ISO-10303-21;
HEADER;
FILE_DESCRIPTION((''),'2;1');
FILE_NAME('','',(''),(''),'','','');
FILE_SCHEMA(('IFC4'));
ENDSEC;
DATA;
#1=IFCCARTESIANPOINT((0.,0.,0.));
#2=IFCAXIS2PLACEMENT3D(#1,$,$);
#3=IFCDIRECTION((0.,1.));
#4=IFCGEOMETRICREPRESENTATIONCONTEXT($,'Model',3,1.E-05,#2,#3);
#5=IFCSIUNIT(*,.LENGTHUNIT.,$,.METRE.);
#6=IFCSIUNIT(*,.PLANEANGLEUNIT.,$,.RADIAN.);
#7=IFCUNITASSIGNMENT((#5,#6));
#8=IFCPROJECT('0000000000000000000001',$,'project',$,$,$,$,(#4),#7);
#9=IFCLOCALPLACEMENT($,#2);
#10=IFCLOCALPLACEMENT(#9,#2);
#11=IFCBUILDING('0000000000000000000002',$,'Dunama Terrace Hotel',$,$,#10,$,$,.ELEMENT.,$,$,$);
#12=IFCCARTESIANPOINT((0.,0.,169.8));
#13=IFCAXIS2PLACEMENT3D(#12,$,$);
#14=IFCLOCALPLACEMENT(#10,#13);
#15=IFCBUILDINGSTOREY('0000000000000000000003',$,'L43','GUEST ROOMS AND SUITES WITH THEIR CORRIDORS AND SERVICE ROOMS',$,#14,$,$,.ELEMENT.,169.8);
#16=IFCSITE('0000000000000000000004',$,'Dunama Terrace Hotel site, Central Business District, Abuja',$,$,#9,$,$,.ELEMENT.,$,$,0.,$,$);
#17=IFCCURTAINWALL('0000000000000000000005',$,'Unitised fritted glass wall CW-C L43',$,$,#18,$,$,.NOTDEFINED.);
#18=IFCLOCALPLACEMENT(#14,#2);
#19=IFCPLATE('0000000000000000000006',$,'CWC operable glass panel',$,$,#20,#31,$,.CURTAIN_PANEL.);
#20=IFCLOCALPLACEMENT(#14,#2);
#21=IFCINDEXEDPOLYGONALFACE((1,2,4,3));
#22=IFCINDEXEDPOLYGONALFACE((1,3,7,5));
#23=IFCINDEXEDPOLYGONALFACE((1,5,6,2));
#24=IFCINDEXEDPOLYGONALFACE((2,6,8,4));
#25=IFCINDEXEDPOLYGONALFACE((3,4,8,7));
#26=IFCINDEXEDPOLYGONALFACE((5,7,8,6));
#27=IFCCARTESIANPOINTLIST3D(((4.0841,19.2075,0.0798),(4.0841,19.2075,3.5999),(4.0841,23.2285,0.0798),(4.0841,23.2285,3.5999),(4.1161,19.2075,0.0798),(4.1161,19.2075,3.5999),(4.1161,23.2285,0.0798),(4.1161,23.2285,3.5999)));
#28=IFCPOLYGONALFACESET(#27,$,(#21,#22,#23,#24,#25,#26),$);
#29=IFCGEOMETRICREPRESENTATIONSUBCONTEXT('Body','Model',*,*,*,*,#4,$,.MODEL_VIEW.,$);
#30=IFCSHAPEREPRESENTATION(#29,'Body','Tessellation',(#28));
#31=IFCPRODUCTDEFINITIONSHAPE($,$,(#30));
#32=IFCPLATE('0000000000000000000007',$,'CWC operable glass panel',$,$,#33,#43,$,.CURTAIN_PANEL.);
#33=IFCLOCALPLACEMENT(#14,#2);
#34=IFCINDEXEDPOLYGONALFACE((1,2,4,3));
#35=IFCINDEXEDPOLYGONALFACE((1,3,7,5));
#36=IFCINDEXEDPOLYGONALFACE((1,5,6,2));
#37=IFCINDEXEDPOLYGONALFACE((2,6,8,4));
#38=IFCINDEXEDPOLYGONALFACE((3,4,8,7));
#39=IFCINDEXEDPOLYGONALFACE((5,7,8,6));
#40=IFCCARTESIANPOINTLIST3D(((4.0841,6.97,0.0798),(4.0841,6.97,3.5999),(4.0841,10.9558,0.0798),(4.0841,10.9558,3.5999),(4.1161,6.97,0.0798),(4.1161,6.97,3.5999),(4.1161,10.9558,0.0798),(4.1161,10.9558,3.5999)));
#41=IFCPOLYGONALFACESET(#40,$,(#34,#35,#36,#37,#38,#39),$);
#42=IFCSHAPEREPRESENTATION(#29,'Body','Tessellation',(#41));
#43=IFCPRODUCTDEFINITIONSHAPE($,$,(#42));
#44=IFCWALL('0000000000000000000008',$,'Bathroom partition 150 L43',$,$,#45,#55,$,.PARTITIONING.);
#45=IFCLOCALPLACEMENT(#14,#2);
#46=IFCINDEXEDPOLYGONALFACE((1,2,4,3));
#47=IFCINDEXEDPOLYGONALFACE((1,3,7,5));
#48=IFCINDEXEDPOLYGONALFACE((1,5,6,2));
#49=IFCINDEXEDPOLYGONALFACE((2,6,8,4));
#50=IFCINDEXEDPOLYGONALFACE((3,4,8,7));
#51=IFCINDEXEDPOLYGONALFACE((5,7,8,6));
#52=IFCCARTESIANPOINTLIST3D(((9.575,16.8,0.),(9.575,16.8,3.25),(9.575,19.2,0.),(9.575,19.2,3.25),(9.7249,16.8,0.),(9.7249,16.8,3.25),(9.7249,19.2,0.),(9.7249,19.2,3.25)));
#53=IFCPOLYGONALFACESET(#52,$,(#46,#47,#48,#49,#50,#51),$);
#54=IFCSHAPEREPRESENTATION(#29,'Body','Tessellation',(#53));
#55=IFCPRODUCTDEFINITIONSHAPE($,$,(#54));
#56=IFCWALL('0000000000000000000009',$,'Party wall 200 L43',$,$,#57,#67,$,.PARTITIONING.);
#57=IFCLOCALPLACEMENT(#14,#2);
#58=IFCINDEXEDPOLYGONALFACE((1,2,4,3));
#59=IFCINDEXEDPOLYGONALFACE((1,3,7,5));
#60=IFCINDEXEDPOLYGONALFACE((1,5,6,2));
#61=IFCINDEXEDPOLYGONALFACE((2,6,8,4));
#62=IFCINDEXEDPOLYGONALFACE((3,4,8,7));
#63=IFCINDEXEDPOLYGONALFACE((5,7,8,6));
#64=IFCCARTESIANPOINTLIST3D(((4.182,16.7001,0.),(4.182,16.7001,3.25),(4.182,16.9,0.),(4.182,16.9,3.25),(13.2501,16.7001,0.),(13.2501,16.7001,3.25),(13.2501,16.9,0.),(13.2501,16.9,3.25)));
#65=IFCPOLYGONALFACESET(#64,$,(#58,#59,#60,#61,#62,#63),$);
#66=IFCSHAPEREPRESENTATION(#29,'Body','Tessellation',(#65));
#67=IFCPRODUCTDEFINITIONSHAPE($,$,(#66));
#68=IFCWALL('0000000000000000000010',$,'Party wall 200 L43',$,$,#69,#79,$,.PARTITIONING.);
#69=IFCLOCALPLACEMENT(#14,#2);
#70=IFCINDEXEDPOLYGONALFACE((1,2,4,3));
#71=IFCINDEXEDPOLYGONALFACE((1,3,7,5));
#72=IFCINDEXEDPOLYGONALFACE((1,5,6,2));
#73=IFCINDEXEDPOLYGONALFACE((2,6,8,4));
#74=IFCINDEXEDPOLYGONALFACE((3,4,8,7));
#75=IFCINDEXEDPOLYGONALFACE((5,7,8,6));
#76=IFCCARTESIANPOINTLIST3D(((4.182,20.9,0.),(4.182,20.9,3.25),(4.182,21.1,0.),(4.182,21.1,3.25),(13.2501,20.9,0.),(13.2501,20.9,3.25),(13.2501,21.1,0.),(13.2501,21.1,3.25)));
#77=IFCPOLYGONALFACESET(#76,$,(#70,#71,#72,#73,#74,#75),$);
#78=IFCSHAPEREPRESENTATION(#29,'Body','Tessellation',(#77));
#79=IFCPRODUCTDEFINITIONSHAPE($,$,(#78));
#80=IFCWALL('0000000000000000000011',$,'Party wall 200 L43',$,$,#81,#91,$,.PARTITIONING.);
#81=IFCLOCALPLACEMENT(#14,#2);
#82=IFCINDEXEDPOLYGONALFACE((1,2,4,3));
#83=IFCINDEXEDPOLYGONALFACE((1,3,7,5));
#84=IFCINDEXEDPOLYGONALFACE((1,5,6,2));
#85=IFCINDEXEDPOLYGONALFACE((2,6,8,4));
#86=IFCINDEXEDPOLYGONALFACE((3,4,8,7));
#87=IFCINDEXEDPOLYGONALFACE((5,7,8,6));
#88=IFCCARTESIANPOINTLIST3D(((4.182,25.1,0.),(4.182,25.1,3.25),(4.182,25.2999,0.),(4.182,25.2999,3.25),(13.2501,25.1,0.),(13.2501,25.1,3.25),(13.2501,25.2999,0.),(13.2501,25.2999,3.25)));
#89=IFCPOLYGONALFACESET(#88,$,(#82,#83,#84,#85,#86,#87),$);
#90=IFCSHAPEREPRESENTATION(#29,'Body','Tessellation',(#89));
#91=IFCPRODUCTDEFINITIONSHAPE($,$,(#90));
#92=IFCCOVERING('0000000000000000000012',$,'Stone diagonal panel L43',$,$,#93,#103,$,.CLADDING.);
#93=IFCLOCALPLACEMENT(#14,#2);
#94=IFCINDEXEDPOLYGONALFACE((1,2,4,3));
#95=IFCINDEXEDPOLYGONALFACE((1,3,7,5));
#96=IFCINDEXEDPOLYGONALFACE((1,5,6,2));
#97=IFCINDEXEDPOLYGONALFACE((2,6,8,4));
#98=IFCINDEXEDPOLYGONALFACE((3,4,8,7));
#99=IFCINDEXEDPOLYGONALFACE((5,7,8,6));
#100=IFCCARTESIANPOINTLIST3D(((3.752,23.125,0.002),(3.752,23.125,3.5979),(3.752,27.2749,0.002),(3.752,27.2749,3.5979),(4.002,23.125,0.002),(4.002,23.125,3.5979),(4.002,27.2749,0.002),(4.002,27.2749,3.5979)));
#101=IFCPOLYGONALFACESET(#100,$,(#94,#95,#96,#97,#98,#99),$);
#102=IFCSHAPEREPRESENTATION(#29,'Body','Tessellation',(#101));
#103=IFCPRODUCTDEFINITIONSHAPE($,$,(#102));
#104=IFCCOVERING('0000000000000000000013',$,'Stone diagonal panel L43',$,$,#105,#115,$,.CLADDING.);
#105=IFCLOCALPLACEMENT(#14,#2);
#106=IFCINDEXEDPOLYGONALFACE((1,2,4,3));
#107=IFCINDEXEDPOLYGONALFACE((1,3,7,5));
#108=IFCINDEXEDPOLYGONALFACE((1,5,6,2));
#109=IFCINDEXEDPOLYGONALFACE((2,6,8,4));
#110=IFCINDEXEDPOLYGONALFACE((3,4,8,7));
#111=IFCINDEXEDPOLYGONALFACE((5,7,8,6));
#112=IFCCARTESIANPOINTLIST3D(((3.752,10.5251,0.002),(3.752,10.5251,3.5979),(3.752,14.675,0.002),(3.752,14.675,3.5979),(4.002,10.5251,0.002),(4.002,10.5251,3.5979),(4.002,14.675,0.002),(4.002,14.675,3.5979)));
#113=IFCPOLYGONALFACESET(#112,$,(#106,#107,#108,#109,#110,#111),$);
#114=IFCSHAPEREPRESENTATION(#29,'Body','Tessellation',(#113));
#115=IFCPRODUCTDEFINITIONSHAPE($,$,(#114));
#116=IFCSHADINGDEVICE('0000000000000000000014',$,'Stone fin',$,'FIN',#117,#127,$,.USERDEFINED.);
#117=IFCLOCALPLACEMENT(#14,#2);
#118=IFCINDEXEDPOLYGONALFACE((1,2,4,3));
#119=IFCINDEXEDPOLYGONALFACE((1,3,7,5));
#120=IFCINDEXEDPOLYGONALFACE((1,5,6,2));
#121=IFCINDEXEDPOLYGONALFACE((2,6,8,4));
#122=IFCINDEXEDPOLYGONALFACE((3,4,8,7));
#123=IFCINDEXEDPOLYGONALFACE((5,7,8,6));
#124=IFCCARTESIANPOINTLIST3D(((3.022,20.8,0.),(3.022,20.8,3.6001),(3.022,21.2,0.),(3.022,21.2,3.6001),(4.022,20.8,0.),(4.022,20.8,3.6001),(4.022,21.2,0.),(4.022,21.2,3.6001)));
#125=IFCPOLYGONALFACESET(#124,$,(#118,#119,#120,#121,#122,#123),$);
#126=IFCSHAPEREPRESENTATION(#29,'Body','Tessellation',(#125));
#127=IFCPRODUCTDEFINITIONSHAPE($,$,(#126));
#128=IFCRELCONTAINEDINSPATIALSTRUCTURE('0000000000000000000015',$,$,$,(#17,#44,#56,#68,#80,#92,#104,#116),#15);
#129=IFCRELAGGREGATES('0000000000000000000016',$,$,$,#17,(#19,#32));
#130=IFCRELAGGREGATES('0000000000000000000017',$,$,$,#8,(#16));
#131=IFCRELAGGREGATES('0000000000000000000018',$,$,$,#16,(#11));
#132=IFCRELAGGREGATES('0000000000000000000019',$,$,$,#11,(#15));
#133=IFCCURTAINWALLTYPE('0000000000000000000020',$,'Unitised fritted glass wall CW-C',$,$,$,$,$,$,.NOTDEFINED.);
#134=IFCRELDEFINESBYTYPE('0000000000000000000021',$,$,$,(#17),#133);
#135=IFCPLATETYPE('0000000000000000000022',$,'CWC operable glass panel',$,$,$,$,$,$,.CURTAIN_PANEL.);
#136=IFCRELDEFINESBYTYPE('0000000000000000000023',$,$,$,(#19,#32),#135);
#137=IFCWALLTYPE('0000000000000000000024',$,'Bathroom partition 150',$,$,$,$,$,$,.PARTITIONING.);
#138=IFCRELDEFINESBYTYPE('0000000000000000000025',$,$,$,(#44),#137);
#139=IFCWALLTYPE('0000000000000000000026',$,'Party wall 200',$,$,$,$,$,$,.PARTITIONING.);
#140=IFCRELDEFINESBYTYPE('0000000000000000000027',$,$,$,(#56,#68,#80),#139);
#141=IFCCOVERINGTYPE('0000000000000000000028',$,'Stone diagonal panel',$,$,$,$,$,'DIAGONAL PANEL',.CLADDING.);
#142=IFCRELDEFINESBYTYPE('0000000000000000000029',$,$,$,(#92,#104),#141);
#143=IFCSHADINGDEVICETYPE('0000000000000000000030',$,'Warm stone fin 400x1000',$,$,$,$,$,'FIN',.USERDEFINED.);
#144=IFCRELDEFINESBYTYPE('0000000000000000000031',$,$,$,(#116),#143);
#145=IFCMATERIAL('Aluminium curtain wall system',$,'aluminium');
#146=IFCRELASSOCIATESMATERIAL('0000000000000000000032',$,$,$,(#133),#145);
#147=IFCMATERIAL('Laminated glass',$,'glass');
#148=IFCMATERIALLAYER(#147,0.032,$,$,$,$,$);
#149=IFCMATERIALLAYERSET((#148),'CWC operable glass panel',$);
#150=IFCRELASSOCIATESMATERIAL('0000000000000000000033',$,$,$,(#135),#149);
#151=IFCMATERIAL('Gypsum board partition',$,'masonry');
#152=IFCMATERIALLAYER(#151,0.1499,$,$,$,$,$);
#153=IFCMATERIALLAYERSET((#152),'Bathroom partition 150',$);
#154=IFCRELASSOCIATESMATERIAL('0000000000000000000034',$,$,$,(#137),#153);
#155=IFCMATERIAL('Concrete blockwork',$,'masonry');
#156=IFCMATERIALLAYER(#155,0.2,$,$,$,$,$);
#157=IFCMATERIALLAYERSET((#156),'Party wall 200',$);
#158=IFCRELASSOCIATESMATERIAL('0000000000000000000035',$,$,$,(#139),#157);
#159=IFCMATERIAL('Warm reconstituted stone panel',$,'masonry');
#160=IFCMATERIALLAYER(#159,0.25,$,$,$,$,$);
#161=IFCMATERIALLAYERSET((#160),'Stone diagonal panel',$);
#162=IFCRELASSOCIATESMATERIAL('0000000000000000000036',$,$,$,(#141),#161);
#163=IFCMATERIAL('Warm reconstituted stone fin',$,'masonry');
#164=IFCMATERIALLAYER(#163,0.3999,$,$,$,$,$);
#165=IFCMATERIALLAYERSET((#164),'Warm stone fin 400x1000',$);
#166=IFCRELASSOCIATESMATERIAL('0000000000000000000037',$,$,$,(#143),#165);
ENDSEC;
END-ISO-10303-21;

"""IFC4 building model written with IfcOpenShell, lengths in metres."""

from ifc_helpers import new_model, si_unit, direction, frame, frame_2d, origin, origin_2d, place, context, subcontext, project, spatial, rectangle, extrude, material, layer, layer_set, type_object, element, aggregate, save


model = new_model("IFC4")

# Units and contexts
model_context = context("Model", 3, precision=1e-05, world=origin(), true_north=direction((0.0, 1.0)))
body_context = subcontext(model_context, "Body", "Model", "MODEL_VIEW")
ifc_project = project(units=[si_unit("LENGTHUNIT", "METRE"), si_unit("PLANEANGLEUNIT", "RADIAN")], contexts=[model_context])

# Site, building, storey
site_placement = place(None, origin())
site = spatial("IfcSite", under=ifc_project, at=site_placement, Name="Dunama Terrace Hotel site, Central Business District, Abuja", CompositionType="ELEMENT", RefElevation=0.0)
building_placement = place(site_placement, origin())
building = spatial("IfcBuilding", under=site, at=building_placement, Name="Dunama Terrace Hotel", CompositionType="ELEMENT")
storey_placement = place(building_placement, frame((0.0, 0.0, 169.8)))
storey = spatial("IfcBuildingStorey", under=building, at=storey_placement, Name="L43", Description="GUEST ROOMS AND SUITES WITH THEIR CORRIDORS AND SERVICE ROOMS", CompositionType="ELEMENT", Elevation=169.8)

# Curtain wall
ifc_material_1 = material(Name="Aluminium curtain wall system", Category="aluminium")
curtain_wall_type = type_object("IfcCurtainWallType", Name="Unitised fritted glass wall CW-C", PredefinedType="NOTDEFINED", material=ifc_material_1)
curtain_wall_placement = place(storey_placement, origin())
curtain_wall = element("IfcCurtainWall", 1, at=curtain_wall_placement, inside=storey, type_object=curtain_wall_type, Name="Unitised fritted glass wall CW-C L43", PredefinedType="NOTDEFINED")

# Plates
ifc_material_2 = material(Name="Laminated glass", Category="glass")
ifc_layer_1 = layer(ifc_material_2, 0.032)
ifc_layer_set_1 = layer_set([ifc_layer_1], Name="CWC operable glass panel")
plate_type_1 = type_object("IfcPlateType", Name="CWC operable glass panel", PredefinedType="CURTAIN_PANEL", material=ifc_layer_set_1)
plate_1_placement = place(storey_placement, frame((4.1001, 21.218, 0.0798), z_axis=(0.0, 0.0, 1.0), x_axis=(0.0, -1.0, 0.0)))
plate_1 = element("IfcPlate", 2, at=plate_1_placement, type_object=plate_type_1, Name="CWC operable glass panel", PredefinedType="CURTAIN_PANEL", context=body_context, shape_type="SweptSolid", body=[
    extrude(rectangle(XDim=4.021, YDim=0.032, at=origin_2d()), origin(), (0.0, 0.0, 1.0), 3.52),
])
plate_2_placement = place(storey_placement, frame((4.1001, 8.9629, 0.0798), z_axis=(0.0, 0.0, 1.0), x_axis=(0.0, -1.0, 0.0)))
plate_2 = element("IfcPlate", 3, at=plate_2_placement, type_object=plate_type_1, Name="CWC operable glass panel", PredefinedType="CURTAIN_PANEL", context=body_context, shape_type="SweptSolid", body=[
    extrude(rectangle(XDim=3.9858, YDim=0.032, at=origin_2d()), origin(), (0.0, 0.0, 1.0), 3.52),
])
aggregate(curtain_wall, [plate_1, plate_2])

# Walls
ifc_material_3 = material(Name="Gypsum board partition", Category="masonry")
ifc_layer_2 = layer(ifc_material_3, 0.1499)
ifc_layer_set_2 = layer_set([ifc_layer_2], Name="Bathroom partition 150")
wall_type_1 = type_object("IfcWallType", Name="Bathroom partition 150", PredefinedType="PARTITIONING", material=ifc_layer_set_2)
wall_placement = place(storey_placement, frame((9.6499, 16.8, 0.0), z_axis=(0.0, 0.0, 1.0), x_axis=(0.0, 1.0, 0.0)))
element("IfcWall", 4, at=wall_placement, inside=storey, type_object=wall_type_1, Name="Bathroom partition 150 L43", PredefinedType="PARTITIONING", context=body_context, shape_type="SweptSolid", body=[
    extrude(rectangle(XDim=2.3999, YDim=0.1499, at=frame_2d((1.2, 0.0))), origin(), (0.0, 0.0, 1.0), 3.25),
])
ifc_material_4 = material(Name="Concrete blockwork", Category="masonry")
ifc_layer_3 = layer(ifc_material_4, 0.2)
ifc_layer_set_3 = layer_set([ifc_layer_3], Name="Party wall 200")
wall_type_2 = type_object("IfcWallType", Name="Party wall 200", PredefinedType="PARTITIONING", material=ifc_layer_set_3)
for number, where, z_axis, x_axis, name in (
    (5, (4.1819, 16.8, 0.0), (0.0, 0.0, 1.0), (1.0, 0.0, 0.0), "Party wall 200 L43"),
    (6, (4.1819, 21.0, 0.0), (0.0, 0.0, 1.0), (1.0, 0.0, 0.0), "Party wall 200 L43"),
    (7, (4.1819, 25.2, 0.0), (0.0, 0.0, 1.0), (1.0, 0.0, 0.0), "Party wall 200 L43"),
):
    element("IfcWall", number, at=place(storey_placement, frame(where, z_axis=z_axis, x_axis=x_axis)), inside=storey, type_object=wall_type_2, Name=name, PredefinedType="PARTITIONING", context=body_context, shape_type="SweptSolid", body=[
        extrude(rectangle(XDim=9.0681, YDim=0.2, at=frame_2d((4.5342, 0.0))), origin(), (0.0, 0.0, 1.0), 3.25),
    ])

# Coverings
ifc_material_5 = material(Name="Warm reconstituted stone panel", Category="masonry")
ifc_layer_4 = layer(ifc_material_5, 0.25)
ifc_layer_set_4 = layer_set([ifc_layer_4], Name="Stone diagonal panel")
covering_type = type_object("IfcCoveringType", Name="Stone diagonal panel", ElementType="DIAGONAL PANEL", PredefinedType="CLADDING", material=ifc_layer_set_4)
for number, where, z_axis, x_axis, name in (
    (8, (3.877, 25.2, 0.002), (0.0, 0.0, 1.0), (0.0, -1.0, 0.0), "Stone diagonal panel L43"),
    (9, (3.877, 12.6001, 0.002), (0.0, 0.0, 1.0), (0.0, -1.0, 0.0), "Stone diagonal panel L43"),
):
    element("IfcCovering", number, at=place(storey_placement, frame(where, z_axis=z_axis, x_axis=x_axis)), inside=storey, type_object=covering_type, Name=name, PredefinedType="CLADDING", context=body_context, shape_type="SweptSolid", body=[
        extrude(rectangle(XDim=4.1499, YDim=0.25, at=origin_2d()), origin(), (0.0, 0.0, 1.0), 3.5959),
    ])

# Shading device
ifc_material_6 = material(Name="Warm reconstituted stone fin", Category="masonry")
ifc_layer_5 = layer(ifc_material_6, 0.3999)
ifc_layer_set_5 = layer_set([ifc_layer_5], Name="Warm stone fin 400x1000")
shading_device_type = type_object("IfcShadingDeviceType", Name="Warm stone fin 400x1000", ElementType="FIN", PredefinedType="USERDEFINED", material=ifc_layer_set_5)
shading_device_placement = place(storey_placement, frame((3.522, 21.0, 0.0), z_axis=(0.0, 0.0, 1.0), x_axis=(0.0, -1.0, 0.0)))
element("IfcShadingDevice", 10, at=shading_device_placement, inside=storey, type_object=shading_device_type, Name="Stone fin", ObjectType="FIN", PredefinedType="USERDEFINED", context=body_context, shape_type="SweptSolid", body=[
    extrude(rectangle(XDim=0.3999, YDim=1.0, at=origin_2d()), origin(), (0.0, 0.0, 1.0), 3.6001),
])

save(model, "model.ifc")
